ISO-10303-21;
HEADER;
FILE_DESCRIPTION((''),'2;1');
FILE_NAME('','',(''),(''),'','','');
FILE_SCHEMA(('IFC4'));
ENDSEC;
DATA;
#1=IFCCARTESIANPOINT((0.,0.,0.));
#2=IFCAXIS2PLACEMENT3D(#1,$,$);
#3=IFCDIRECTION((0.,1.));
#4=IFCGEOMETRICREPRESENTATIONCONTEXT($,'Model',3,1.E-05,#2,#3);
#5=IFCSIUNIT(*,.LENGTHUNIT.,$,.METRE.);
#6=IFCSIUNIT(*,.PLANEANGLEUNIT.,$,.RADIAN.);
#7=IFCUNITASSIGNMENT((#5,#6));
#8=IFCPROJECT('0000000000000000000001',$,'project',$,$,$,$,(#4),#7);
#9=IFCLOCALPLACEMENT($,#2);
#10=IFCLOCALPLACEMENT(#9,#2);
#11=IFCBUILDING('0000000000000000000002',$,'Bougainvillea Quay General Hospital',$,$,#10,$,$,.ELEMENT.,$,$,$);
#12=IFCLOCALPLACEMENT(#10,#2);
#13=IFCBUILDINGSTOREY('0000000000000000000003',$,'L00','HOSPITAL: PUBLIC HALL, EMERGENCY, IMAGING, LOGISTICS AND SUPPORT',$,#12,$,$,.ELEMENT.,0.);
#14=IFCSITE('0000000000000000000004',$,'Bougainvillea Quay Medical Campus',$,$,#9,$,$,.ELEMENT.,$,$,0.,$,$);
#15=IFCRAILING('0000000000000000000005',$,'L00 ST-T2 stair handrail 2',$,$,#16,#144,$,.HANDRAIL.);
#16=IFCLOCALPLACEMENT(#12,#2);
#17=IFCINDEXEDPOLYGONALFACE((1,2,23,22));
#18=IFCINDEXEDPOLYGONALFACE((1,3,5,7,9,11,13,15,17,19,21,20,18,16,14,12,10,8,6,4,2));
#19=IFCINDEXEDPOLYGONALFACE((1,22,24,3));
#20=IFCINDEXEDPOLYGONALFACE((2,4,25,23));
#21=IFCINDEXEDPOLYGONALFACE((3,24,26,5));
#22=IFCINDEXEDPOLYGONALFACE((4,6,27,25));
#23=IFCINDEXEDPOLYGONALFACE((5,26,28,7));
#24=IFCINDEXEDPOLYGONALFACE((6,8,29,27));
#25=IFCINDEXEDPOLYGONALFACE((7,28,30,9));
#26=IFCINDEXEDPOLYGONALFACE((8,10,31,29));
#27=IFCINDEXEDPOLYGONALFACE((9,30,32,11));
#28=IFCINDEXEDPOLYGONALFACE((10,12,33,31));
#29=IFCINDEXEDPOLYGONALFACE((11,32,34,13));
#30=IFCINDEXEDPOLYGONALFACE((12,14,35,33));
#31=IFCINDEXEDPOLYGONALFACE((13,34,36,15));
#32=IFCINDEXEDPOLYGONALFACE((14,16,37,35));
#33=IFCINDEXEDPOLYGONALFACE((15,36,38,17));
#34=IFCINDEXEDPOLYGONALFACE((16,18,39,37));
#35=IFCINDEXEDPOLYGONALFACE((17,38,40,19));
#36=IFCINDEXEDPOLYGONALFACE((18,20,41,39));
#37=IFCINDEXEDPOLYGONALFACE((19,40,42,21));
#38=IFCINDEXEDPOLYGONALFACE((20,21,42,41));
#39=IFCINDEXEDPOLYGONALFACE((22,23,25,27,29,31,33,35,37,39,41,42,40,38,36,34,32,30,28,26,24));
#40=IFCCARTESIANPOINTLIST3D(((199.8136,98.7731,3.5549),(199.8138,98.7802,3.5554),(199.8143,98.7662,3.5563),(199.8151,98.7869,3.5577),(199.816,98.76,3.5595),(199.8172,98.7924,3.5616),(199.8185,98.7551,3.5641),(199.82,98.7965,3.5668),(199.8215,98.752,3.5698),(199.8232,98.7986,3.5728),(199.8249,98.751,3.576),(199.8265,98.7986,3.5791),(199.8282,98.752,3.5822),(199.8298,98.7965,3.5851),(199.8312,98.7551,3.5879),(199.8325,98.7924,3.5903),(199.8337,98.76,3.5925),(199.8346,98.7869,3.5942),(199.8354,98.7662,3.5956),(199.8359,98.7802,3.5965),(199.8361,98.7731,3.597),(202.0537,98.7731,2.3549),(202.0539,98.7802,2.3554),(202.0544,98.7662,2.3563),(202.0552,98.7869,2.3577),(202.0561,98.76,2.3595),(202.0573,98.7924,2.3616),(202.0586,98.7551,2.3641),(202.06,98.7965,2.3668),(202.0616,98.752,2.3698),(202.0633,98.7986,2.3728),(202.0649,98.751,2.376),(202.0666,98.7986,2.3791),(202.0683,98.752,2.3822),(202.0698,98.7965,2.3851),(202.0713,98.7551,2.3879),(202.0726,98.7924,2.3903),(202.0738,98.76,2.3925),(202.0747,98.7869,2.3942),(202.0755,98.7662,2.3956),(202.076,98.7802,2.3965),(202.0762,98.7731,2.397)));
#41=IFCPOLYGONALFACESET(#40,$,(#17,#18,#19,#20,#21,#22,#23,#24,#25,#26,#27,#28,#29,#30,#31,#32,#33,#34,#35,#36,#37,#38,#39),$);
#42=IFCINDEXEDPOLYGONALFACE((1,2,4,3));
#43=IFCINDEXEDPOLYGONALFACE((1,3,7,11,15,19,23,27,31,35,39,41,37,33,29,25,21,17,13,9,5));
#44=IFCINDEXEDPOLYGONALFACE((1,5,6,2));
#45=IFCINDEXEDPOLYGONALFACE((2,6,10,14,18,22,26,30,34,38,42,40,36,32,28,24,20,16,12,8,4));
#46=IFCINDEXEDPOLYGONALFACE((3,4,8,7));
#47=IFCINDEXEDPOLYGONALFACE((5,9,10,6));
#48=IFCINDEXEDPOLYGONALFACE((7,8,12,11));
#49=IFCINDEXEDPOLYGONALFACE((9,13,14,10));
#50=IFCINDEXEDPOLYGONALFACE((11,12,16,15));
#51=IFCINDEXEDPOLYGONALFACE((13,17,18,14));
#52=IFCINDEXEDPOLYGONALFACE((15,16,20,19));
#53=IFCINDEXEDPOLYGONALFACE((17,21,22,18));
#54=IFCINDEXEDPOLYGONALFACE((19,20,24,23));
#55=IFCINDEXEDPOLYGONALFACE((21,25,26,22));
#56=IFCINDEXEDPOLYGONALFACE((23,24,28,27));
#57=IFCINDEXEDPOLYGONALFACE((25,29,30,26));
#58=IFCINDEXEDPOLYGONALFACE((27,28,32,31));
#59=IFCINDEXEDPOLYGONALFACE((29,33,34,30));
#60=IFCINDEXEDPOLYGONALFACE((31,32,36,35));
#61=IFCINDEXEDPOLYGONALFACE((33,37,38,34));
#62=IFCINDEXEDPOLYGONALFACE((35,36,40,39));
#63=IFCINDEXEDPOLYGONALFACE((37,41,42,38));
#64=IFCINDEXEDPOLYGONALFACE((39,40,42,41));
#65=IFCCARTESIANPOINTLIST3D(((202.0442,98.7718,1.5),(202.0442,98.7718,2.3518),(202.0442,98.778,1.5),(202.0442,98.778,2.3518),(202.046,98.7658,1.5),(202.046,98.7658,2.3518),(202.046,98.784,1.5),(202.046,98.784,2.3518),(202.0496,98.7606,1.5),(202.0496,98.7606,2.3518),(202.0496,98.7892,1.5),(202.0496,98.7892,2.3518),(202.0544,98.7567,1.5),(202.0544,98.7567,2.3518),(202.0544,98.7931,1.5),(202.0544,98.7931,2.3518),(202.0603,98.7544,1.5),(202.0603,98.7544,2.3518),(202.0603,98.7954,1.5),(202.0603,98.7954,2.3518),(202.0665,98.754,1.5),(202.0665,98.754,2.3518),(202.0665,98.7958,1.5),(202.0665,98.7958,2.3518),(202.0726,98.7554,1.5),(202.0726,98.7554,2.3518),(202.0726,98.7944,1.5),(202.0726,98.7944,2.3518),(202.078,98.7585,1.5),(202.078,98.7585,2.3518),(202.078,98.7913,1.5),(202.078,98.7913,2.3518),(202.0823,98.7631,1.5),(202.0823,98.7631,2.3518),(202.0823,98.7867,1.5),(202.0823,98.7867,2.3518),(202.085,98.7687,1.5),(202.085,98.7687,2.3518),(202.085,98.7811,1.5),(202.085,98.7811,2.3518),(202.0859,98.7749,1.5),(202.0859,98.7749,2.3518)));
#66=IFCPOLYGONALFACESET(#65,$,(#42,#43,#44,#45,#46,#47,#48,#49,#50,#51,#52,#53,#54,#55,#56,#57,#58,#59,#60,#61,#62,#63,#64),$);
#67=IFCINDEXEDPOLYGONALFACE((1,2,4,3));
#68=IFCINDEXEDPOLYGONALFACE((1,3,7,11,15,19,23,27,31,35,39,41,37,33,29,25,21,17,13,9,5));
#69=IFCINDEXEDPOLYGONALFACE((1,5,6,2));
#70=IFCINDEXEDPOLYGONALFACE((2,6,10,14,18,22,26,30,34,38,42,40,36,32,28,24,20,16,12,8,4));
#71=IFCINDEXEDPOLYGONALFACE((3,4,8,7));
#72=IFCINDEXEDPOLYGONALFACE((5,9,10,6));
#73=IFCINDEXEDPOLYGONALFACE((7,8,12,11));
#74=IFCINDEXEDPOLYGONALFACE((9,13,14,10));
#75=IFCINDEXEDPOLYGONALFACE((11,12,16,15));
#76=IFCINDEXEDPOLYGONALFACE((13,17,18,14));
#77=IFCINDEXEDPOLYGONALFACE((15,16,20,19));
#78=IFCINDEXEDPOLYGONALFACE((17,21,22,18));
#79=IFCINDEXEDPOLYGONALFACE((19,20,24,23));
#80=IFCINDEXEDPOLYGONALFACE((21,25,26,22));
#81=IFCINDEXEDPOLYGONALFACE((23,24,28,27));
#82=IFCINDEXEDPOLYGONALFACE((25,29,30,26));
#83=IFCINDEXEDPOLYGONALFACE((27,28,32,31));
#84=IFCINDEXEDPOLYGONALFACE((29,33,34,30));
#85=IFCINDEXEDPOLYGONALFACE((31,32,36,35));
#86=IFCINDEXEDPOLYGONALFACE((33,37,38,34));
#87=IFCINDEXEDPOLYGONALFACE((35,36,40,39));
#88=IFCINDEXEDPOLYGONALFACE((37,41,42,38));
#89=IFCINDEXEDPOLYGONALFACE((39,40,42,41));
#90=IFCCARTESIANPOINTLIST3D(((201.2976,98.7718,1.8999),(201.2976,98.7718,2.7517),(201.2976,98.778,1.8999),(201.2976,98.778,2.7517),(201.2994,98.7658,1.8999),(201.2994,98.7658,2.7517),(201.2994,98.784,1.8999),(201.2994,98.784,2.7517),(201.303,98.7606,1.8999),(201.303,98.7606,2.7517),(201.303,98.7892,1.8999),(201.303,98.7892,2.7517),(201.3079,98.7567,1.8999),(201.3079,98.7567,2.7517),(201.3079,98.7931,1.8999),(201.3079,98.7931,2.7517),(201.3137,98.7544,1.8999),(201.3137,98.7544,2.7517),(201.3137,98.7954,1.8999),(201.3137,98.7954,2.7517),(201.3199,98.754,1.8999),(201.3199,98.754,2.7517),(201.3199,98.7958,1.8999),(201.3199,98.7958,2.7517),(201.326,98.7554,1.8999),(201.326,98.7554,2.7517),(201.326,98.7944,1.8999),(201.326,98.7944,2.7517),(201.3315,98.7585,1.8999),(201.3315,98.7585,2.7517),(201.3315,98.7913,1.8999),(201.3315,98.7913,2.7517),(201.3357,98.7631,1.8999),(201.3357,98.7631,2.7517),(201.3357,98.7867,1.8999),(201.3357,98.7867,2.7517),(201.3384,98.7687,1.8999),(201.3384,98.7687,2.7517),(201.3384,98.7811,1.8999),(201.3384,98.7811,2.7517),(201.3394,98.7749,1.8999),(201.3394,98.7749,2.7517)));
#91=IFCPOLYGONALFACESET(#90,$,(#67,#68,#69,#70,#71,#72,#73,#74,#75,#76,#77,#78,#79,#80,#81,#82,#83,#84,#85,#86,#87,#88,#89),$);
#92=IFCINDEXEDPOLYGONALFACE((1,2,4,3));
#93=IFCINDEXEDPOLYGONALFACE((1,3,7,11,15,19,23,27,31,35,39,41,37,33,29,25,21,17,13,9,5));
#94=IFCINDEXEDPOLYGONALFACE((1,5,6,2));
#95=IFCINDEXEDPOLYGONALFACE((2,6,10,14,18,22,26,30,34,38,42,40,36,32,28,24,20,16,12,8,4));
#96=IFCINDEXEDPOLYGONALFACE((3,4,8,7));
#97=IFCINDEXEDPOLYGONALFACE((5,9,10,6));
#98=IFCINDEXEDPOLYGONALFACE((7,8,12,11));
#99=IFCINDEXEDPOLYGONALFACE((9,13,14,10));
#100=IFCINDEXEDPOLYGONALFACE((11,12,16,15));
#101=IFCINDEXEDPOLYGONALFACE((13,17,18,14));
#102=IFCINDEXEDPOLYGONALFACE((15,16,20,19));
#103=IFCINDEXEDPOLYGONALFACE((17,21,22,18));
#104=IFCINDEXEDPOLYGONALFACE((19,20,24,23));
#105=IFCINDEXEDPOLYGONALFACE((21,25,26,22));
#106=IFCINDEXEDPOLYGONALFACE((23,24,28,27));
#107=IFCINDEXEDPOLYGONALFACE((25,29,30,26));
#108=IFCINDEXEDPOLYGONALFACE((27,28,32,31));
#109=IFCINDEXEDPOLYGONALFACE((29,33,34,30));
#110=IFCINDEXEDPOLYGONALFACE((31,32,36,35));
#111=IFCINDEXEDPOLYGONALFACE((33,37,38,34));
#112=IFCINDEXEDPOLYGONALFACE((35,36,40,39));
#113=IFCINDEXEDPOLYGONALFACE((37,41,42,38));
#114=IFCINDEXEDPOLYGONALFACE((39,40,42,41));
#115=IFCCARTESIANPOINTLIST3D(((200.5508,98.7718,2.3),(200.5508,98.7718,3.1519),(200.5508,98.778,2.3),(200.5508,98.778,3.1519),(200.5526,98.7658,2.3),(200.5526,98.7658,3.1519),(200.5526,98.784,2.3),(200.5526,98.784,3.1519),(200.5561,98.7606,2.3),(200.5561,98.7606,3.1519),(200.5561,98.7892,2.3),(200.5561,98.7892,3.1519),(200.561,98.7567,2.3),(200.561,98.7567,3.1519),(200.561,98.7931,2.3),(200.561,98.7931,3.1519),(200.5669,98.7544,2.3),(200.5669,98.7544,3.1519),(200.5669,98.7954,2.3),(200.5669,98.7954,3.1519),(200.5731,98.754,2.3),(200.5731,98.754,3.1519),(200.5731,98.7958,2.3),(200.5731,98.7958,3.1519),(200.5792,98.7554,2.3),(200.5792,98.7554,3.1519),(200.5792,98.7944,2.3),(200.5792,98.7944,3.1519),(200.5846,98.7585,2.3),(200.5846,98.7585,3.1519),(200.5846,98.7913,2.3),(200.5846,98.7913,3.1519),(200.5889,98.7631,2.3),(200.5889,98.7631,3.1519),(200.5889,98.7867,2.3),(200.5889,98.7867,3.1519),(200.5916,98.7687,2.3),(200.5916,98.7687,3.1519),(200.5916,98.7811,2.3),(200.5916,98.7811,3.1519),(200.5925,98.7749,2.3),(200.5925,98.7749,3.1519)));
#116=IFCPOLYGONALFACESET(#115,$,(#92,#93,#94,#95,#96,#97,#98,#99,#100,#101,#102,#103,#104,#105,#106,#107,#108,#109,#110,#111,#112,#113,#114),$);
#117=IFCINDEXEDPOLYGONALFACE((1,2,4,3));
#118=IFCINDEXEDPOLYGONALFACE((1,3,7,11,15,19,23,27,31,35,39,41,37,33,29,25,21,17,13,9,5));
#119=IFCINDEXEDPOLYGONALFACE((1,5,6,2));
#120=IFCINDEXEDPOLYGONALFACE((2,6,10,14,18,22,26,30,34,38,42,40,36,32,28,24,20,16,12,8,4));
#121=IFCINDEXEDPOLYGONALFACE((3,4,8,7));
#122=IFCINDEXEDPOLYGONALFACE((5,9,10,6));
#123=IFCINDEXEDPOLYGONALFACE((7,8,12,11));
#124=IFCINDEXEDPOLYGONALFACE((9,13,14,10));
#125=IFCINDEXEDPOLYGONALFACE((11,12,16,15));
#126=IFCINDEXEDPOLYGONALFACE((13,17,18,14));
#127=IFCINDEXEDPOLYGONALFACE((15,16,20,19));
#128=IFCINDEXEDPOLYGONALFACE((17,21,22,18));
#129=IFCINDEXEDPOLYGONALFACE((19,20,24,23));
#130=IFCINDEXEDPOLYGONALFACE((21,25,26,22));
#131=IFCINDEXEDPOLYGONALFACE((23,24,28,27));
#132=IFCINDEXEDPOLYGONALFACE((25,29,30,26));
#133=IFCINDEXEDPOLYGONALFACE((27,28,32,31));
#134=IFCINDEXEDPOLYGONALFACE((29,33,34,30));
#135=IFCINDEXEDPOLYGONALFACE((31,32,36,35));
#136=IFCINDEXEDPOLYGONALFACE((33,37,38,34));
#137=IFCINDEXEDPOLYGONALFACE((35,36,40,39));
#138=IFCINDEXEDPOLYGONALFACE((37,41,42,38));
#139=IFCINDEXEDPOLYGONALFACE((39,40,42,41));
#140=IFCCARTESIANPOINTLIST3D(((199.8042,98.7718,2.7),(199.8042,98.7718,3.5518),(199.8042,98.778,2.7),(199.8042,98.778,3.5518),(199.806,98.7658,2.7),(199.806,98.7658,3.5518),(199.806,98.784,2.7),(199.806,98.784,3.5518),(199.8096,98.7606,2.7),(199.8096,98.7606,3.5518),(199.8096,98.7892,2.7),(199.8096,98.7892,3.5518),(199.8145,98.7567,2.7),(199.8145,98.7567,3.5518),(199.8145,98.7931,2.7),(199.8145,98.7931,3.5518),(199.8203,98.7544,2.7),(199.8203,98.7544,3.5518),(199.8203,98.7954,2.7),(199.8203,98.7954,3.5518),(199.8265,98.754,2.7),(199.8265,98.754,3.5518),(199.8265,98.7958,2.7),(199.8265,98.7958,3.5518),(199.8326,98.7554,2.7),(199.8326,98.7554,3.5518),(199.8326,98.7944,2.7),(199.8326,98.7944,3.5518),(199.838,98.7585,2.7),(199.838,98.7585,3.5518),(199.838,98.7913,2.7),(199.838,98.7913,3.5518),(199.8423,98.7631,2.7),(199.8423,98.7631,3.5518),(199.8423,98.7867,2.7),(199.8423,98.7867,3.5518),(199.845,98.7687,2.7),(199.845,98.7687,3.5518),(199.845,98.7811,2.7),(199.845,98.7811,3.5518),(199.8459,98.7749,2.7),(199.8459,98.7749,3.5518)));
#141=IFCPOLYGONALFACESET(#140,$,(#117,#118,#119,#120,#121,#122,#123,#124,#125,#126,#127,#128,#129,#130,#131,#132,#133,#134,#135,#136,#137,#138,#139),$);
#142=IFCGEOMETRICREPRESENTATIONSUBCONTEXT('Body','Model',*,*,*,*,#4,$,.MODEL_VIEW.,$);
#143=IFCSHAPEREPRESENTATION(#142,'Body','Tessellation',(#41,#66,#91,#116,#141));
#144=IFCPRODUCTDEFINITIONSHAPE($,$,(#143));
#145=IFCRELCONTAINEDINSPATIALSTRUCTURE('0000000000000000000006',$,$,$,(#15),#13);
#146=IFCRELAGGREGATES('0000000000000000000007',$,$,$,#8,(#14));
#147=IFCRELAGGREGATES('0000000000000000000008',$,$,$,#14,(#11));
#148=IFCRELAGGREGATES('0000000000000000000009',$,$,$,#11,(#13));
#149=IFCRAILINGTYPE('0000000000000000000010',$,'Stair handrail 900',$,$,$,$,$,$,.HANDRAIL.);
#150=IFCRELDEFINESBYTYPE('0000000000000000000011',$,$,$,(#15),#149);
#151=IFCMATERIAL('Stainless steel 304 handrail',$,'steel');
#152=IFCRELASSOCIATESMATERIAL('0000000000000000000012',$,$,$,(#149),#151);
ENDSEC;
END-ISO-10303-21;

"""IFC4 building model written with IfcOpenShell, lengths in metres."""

from ifc_helpers import new_model, si_unit, direction, frame, origin, origin_2d, place, context, subcontext, project, spatial, circle, extrude, material, type_object, element, save


model = new_model("IFC4")

# Units and contexts
model_context = context("Model", 3, precision=1e-05, world=origin(), true_north=direction((0.0, 1.0)))
body_context = subcontext(model_context, "Body", "Model", "MODEL_VIEW")
ifc_project = project(units=[si_unit("LENGTHUNIT", "METRE"), si_unit("PLANEANGLEUNIT", "RADIAN")], contexts=[model_context])

# Site, building, storey
site_placement = place(None, origin())
site = spatial("IfcSite", under=ifc_project, at=site_placement, Name="Bougainvillea Quay Medical Campus", CompositionType="ELEMENT", RefElevation=0.0)
building_placement = place(site_placement, origin())
building = spatial("IfcBuilding", under=site, at=building_placement, Name="Bougainvillea Quay General Hospital", CompositionType="ELEMENT")
storey_placement = place(building_placement, origin())
storey = spatial("IfcBuildingStorey", under=building, at=storey_placement, Name="L00", Description="HOSPITAL: PUBLIC HALL, EMERGENCY, IMAGING, LOGISTICS AND SUPPORT", CompositionType="ELEMENT", Elevation=0.0)

# Railing
ifc_material_1 = material(Name="Stainless steel 304 handrail", Category="steel")
railing_type_1 = type_object("IfcRailingType", Name="Stair handrail 900", PredefinedType="HANDRAIL", material=ifc_material_1)
for number, where, name in (
    (1, (202.0649, 98.7749, 1.5), "L00 ST-T2 stair handrail 2"),
):
    element("IfcRailing", number, at=place(storey_placement, frame(where)), inside=storey, type_object=railing_type_1, Name=name, PredefinedType="HANDRAIL", context=body_context, shape_type="SweptSolid", body=[
        extrude(circle(Radius=0.0239, at=origin_2d()), frame((0.0, 0.0, 0.876), z_axis=(-0.881487, 0.0, 0.472208), x_axis=(0.0, -1.0, 0.0)), (0.0, 0.0, 1.0), 2.5413),
        extrude(circle(Radius=0.021, at=origin_2d()), origin(), (0.0, 0.0, 1.0), 0.8518),
        extrude(circle(Radius=0.021, at=origin_2d()), frame((-0.7466, 0.0, 0.3999)), (0.0, 0.0, 1.0), 0.8518),
        extrude(circle(Radius=0.021, at=origin_2d()), frame((-1.4934, 0.0, 0.8)), (0.0, 0.0, 1.0), 0.8518),
        extrude(circle(Radius=0.021, at=origin_2d()), frame((-2.24, 0.0, 1.2)), (0.0, 0.0, 1.0), 0.8518),
    ])

save(model, "model.ifc")
